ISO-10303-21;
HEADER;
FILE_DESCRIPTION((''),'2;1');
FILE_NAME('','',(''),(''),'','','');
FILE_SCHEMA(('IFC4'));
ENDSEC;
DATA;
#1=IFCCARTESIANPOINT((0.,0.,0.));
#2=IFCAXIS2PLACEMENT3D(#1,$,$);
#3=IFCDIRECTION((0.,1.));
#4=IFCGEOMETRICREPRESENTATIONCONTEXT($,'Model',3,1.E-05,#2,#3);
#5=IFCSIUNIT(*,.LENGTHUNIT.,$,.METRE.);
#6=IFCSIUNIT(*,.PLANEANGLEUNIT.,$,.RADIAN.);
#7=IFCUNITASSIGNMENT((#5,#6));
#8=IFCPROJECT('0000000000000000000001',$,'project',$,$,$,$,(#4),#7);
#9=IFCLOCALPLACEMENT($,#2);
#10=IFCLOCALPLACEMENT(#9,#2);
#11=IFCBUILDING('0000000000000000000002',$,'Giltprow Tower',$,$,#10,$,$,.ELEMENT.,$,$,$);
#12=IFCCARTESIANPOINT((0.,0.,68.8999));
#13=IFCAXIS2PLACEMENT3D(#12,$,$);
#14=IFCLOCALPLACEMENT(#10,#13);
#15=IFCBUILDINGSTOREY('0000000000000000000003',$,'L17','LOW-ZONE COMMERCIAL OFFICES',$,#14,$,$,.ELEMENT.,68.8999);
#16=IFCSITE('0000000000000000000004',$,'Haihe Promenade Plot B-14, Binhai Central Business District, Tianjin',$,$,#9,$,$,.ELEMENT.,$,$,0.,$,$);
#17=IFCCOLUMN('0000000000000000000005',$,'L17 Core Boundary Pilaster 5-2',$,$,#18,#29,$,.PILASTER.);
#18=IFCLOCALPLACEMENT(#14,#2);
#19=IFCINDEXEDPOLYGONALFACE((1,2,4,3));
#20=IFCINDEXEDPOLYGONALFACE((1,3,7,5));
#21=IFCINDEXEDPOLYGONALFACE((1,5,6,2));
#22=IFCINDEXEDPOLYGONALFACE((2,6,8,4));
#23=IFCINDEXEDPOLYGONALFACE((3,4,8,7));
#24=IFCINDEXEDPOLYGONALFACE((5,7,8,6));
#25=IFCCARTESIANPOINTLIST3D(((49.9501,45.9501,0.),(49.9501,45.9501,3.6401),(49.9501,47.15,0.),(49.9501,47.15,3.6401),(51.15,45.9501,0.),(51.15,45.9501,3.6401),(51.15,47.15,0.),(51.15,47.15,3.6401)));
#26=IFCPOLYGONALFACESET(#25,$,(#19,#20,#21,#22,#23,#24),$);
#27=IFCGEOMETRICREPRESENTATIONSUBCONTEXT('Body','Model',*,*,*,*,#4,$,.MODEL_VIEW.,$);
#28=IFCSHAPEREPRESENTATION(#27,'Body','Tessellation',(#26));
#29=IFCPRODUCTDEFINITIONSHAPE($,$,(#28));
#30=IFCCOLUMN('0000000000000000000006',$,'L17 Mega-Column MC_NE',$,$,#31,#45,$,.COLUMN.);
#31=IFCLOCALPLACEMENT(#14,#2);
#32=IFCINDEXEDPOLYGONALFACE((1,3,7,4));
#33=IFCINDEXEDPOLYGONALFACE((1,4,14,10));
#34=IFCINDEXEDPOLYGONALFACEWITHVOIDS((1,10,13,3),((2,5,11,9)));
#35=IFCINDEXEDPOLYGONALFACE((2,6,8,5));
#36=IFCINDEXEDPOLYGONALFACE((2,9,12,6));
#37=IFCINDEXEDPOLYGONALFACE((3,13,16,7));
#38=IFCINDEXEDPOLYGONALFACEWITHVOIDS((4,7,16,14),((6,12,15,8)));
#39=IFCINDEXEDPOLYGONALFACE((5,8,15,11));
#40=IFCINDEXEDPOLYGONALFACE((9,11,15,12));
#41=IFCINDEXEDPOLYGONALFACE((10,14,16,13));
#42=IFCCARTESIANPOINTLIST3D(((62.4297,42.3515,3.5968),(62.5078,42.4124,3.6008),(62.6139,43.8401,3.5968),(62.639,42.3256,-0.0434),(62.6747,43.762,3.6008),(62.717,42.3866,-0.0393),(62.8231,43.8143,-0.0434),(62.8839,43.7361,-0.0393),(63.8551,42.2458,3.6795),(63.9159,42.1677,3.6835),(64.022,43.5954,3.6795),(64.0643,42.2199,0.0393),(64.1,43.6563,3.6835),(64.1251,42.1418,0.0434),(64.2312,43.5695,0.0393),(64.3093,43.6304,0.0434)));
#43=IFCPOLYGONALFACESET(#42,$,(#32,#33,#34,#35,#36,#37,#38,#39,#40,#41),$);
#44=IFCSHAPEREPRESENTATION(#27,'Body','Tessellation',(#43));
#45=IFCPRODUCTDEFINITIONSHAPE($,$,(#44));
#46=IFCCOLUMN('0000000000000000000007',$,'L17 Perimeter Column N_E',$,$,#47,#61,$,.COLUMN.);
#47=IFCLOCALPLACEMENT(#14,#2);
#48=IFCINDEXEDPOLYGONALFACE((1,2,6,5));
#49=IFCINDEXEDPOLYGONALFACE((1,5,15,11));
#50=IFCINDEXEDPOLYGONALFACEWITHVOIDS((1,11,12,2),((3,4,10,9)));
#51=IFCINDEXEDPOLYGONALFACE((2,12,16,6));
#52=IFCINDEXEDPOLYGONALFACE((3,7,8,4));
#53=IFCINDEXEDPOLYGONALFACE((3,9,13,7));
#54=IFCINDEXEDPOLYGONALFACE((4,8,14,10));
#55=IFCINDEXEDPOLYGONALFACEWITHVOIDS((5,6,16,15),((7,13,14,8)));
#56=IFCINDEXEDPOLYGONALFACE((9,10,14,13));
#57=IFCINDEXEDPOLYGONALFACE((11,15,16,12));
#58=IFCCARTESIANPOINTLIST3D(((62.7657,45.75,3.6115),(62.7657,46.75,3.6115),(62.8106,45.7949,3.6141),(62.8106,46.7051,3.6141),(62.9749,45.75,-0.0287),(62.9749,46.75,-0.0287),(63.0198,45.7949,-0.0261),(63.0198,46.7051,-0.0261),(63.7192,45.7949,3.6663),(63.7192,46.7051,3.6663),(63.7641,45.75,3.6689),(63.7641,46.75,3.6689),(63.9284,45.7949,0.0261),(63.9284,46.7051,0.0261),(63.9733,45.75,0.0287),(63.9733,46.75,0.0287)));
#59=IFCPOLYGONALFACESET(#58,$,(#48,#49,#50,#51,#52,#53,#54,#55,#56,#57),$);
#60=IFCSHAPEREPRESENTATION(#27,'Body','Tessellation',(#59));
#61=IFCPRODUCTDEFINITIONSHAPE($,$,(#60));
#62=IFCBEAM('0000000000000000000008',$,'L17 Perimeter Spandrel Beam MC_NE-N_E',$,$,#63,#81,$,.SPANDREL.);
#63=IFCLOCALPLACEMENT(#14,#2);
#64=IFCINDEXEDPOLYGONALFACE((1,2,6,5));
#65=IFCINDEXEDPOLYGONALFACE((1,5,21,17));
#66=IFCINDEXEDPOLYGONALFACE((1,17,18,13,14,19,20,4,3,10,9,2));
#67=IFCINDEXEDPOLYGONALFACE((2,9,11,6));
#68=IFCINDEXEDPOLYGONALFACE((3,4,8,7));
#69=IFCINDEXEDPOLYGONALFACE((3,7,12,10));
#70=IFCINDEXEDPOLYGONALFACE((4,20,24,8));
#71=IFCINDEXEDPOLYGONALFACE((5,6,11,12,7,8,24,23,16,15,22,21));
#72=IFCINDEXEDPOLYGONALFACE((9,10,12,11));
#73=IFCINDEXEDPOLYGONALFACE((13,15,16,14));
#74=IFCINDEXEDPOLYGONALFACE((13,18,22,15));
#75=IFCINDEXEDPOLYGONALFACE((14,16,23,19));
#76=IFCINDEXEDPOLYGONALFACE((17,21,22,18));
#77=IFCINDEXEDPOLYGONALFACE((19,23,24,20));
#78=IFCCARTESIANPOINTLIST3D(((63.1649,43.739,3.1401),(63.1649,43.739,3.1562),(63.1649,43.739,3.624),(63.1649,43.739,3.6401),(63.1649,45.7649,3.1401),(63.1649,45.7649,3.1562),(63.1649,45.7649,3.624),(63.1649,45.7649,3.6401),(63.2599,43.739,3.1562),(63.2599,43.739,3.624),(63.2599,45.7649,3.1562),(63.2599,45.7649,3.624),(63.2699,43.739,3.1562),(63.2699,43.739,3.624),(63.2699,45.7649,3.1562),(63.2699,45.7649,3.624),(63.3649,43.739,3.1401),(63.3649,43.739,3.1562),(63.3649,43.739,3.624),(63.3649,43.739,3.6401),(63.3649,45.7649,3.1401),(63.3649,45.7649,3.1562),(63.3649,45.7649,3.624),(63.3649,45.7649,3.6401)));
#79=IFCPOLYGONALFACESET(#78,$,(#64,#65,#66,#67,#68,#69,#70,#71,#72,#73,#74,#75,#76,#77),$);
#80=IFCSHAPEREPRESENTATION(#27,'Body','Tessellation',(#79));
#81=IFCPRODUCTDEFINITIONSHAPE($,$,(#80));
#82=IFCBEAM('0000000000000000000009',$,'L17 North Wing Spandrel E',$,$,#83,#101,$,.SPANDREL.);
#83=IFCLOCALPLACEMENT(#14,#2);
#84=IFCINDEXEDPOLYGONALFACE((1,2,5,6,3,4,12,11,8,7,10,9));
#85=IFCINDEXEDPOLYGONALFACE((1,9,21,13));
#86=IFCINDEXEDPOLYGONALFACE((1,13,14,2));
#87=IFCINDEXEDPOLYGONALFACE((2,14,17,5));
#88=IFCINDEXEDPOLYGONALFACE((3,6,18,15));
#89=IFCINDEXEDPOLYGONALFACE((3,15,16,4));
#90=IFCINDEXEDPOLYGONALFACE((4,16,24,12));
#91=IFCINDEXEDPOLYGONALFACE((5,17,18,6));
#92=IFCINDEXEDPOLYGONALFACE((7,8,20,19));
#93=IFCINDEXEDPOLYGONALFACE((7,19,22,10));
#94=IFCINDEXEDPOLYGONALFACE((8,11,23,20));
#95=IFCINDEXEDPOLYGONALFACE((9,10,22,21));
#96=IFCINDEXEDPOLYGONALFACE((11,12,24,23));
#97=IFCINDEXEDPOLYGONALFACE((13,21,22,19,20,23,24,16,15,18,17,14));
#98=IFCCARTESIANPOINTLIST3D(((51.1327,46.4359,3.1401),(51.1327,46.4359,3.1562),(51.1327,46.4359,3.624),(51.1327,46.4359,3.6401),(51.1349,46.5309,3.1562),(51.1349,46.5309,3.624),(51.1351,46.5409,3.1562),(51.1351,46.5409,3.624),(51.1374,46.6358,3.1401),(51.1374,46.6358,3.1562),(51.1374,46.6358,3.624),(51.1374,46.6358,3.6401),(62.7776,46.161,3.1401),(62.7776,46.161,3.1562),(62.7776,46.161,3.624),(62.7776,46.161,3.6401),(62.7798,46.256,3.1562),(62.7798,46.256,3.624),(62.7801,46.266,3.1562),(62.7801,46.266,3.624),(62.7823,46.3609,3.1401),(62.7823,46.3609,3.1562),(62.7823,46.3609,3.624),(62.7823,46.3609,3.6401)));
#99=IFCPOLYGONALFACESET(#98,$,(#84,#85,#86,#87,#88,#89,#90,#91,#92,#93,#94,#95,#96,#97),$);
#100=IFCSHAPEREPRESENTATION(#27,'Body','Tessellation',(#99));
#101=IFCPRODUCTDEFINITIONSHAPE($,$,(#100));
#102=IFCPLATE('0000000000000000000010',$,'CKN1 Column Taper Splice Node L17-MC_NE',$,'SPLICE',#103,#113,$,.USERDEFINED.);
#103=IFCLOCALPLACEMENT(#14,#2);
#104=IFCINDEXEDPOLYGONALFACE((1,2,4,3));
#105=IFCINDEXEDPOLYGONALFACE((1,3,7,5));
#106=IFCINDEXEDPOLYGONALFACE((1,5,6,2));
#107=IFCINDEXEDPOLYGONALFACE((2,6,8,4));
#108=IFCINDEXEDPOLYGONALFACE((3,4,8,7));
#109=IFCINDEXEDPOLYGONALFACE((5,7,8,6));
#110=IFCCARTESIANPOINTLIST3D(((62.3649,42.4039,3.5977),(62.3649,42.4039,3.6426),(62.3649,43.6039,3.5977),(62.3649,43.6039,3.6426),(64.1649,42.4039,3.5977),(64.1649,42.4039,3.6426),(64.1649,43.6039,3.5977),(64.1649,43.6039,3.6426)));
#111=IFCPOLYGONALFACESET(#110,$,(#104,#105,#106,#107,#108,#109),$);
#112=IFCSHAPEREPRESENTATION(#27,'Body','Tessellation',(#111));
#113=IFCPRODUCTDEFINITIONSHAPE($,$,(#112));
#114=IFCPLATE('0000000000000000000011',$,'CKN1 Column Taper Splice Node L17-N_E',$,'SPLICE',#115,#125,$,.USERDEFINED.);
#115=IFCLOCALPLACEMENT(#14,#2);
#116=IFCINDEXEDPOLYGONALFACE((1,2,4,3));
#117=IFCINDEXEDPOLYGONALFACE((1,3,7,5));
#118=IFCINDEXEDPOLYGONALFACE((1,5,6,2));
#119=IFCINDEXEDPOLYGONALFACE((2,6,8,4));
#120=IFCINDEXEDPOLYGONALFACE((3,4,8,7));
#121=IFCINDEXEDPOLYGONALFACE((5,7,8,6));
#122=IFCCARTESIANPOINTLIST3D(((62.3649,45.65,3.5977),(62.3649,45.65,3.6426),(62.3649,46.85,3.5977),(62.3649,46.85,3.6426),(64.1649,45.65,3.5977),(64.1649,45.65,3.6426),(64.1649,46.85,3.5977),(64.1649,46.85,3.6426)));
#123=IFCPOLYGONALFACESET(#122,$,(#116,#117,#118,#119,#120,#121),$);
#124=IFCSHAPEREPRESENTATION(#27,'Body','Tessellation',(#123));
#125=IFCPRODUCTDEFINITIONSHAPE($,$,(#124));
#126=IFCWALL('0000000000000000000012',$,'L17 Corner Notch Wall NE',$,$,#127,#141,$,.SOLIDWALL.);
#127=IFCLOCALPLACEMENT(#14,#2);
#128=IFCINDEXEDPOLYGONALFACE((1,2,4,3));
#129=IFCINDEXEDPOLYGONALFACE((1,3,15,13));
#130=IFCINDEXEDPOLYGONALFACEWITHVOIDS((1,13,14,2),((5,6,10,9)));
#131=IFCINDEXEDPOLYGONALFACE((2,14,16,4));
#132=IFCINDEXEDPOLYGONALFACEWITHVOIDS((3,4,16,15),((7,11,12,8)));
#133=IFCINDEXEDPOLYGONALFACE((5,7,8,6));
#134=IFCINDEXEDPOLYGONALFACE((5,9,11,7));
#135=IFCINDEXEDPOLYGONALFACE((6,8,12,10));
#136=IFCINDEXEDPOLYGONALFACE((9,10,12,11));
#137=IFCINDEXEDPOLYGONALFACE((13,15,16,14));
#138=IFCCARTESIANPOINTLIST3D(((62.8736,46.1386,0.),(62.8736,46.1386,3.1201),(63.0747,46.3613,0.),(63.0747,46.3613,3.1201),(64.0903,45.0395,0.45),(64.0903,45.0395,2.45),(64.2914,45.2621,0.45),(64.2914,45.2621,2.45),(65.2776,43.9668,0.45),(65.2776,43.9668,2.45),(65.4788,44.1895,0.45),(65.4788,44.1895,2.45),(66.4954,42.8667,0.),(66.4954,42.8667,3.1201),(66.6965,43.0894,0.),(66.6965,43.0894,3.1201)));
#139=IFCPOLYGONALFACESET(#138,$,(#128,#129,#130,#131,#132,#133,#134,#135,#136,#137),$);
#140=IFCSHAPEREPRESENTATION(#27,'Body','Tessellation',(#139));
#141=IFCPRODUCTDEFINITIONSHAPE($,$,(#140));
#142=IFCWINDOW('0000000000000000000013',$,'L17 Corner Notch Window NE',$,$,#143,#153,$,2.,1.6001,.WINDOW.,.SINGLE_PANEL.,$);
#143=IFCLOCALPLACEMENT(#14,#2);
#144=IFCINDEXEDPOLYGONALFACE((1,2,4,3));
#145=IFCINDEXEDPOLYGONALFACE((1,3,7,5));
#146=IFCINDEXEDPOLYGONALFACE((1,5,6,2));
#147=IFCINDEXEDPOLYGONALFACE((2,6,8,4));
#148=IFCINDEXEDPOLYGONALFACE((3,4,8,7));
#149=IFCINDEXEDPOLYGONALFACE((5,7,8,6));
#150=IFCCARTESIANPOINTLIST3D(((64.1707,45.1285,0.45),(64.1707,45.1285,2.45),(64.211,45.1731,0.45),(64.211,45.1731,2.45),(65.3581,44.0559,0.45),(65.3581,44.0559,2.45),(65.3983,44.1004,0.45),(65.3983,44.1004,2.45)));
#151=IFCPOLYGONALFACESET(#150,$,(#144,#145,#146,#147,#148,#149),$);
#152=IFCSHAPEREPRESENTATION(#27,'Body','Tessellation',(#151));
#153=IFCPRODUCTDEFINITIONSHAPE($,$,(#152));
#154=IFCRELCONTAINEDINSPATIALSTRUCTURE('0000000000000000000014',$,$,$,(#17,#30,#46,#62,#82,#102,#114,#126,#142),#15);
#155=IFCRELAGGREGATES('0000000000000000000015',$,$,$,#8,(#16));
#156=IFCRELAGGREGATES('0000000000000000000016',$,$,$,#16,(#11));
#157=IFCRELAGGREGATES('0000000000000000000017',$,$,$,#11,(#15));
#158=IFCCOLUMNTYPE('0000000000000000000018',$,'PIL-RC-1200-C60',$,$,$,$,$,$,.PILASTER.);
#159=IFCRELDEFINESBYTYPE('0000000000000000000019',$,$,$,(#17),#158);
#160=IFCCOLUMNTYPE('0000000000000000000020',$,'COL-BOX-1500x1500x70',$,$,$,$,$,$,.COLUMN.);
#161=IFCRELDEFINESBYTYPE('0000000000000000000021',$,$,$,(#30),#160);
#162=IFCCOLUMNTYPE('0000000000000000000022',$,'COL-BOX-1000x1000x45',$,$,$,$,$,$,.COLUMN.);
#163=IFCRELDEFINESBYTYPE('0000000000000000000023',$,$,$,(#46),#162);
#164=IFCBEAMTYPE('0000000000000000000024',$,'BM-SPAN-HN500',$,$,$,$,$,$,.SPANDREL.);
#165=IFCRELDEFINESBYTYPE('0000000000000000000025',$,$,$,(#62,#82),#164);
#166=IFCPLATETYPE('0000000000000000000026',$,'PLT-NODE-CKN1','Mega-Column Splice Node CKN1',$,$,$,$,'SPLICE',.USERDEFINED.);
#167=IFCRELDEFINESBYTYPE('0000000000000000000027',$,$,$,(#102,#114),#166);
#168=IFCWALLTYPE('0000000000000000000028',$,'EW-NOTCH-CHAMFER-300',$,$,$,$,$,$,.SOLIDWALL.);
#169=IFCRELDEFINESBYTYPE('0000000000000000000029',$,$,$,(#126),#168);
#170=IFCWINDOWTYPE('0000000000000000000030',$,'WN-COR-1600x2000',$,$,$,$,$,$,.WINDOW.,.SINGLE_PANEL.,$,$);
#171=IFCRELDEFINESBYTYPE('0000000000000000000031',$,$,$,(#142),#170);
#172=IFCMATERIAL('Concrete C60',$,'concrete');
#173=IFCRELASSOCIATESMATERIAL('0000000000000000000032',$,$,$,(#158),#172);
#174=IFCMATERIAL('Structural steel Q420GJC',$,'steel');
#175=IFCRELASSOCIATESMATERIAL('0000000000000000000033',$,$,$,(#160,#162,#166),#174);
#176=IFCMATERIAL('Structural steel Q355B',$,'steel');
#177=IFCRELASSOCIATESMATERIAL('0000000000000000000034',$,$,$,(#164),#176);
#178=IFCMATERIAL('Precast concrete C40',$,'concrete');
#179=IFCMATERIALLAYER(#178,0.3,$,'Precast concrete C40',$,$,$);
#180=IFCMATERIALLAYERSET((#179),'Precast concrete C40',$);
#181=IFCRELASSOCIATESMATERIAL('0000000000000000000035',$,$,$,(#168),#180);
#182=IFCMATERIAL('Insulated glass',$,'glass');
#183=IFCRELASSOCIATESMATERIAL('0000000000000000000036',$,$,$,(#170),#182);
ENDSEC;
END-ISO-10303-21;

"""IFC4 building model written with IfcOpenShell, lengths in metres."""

from ifc_helpers import new_model, si_unit, direction, frame, frame_2d, origin, origin_2d, place, context, subcontext, project, spatial, rectangle, hollow_rectangle, i_section, extrude, source, transform, mapped, material, layer, layer_set, material_profile, profile_set, type_object, element, fill, save


model = new_model("IFC4")

# Units and contexts
model_context = context("Model", 3, precision=1e-05, world=origin(), true_north=direction((0.0, 1.0)))
body_context = subcontext(model_context, "Body", "Model", "MODEL_VIEW")
ifc_project = project(units=[si_unit("LENGTHUNIT", "METRE"), si_unit("PLANEANGLEUNIT", "RADIAN")], contexts=[model_context])

# Site, building, storey
site_placement = place(None, origin())
site = spatial("IfcSite", under=ifc_project, at=site_placement, Name="Haihe Promenade Plot B-14, Binhai Central Business District, Tianjin", CompositionType="ELEMENT", RefElevation=0.0)
building_placement = place(site_placement, origin())
building = spatial("IfcBuilding", under=site, at=building_placement, Name="Giltprow Tower", CompositionType="ELEMENT")
storey_placement = place(building_placement, frame((0.0, 0.0, 68.8999)))
storey = spatial("IfcBuildingStorey", under=building, at=storey_placement, Name="L17", Description="LOW-ZONE COMMERCIAL OFFICES", CompositionType="ELEMENT", Elevation=68.8999)

# Columns
ifc_material_1 = material(Name="Concrete C60", Category="concrete")
ifc_material_profile_1 = material_profile(ifc_material_1, rectangle(XDim=1.2, YDim=1.2, at=origin_2d()), Name="RC 1200x1200")
ifc_profile_set_1 = profile_set([ifc_material_profile_1], Name="Concrete C60")
column_type_1 = type_object("IfcColumnType", Name="PIL-RC-1200-C60", PredefinedType="PILASTER", material=ifc_profile_set_1)
shared_shape_1 = source(origin(), body_context, "Body", "SweptSolid", [
    extrude(rectangle(XDim=1.2, YDim=1.2, at=origin_2d()), origin(), (0.0, 0.0, 1.0), 3.6401),
])
column_1_placement = place(storey_placement, frame((50.55, 46.55, 0.0), z_axis=(0.0, 0.0, 1.0), x_axis=(1.0, 0.0, 0.0)))
element("IfcColumn", 1, at=column_1_placement, inside=storey, type_object=column_type_1, Name="L17 Core Boundary Pilaster 5-2", PredefinedType="PILASTER", context=body_context, shape_type="MappedRepresentation", body=[
    mapped(shared_shape_1, transform((0.0, 0.0, 0.0), x_axis=(1.0, 0.0, 0.0), y_axis=(0.0, 1.0, 0.0), z_axis=(0.0, 0.0, 1.0), scale=1.0)),
])
ifc_material_2 = material(Name="Structural steel Q420GJC", Category="steel")
ifc_material_profile_2 = material_profile(ifc_material_2, hollow_rectangle(XDim=1.5, YDim=1.5, WallThickness=0.0701, at=origin_2d()), Name="BOX 1500x1500x70")
ifc_profile_set_2 = profile_set([ifc_material_profile_2], Name="Structural steel Q420GJC")
column_type_2 = type_object("IfcColumnType", Name="COL-BOX-1500x1500x70", PredefinedType="COLUMN", material=ifc_profile_set_2)
shared_shape_2 = source(origin(), body_context, "Body", "SweptSolid", [
    extrude(hollow_rectangle(XDim=1.5, YDim=1.5, WallThickness=0.0701, at=origin_2d()), origin(), (0.0, 0.0, 1.0), 3.6462),
])
column_2_placement = place(storey_placement, frame((63.4741, 42.978, 0.0), z_axis=(-0.057382, 0.007097, 0.998327), x_axis=(-0.122752, -0.992437, 0.0)))
element("IfcColumn", 2, at=column_2_placement, inside=storey, type_object=column_type_2, Name="L17 Mega-Column MC_NE", PredefinedType="COLUMN", context=body_context, shape_type="MappedRepresentation", body=[
    mapped(shared_shape_2, transform((0.0, 0.0, 0.0), x_axis=(1.0, 0.0, 0.0), y_axis=(0.0, 1.0, 0.0), z_axis=(0.0, 0.0, 1.0), scale=1.0)),
])
ifc_material_profile_3 = material_profile(ifc_material_2, hollow_rectangle(XDim=1.0, YDim=1.0, WallThickness=0.0449, at=origin_2d()), Name="BOX 1000x1000x45")
ifc_profile_set_3 = profile_set([ifc_material_profile_3], Name="Structural steel Q420GJC")
column_type_3 = type_object("IfcColumnType", Name="COL-BOX-1000x1000x45", PredefinedType="COLUMN", material=ifc_profile_set_3)
shared_shape_3 = source(origin(), body_context, "Body", "SweptSolid", [
    extrude(hollow_rectangle(XDim=1.0, YDim=1.0, WallThickness=0.0449, at=origin_2d()), origin(), (0.0, 0.0, 1.0), 3.6462),
])
column_3_placement = place(storey_placement, frame((63.4741, 46.25, 0.0), z_axis=(-0.057383, 0.0, 0.998352), x_axis=(0.0, -1.0, 0.0)))
element("IfcColumn", 3, at=column_3_placement, inside=storey, type_object=column_type_3, Name="L17 Perimeter Column N_E", PredefinedType="COLUMN", context=body_context, shape_type="MappedRepresentation", body=[
    mapped(shared_shape_3, transform((0.0, 0.0, 0.0), x_axis=(1.0, 0.0, 0.0), y_axis=(0.0, 1.0, 0.0), z_axis=(0.0, 0.0, 1.0), scale=1.0)),
])

# Beams
ifc_material_3 = material(Name="Structural steel Q355B", Category="steel")
ifc_material_profile_4 = material_profile(ifc_material_3, i_section(OverallWidth=0.2, OverallDepth=0.5, WebThickness=0.01, FlangeThickness=0.0161, at=origin_2d()), Name="HN 500x200x10x16")
ifc_profile_set_4 = profile_set([ifc_material_profile_4], Name="Structural steel Q355B")
beam_type = type_object("IfcBeamType", Name="BM-SPAN-HN500", PredefinedType="SPANDREL", material=ifc_profile_set_4)
shared_shape_4 = source(origin(), body_context, "Body", "SweptSolid", [
    extrude(i_section(OverallWidth=0.2, OverallDepth=0.5, WebThickness=0.01, FlangeThickness=0.0161, at=origin_2d()), origin(), (0.0, 0.0, 1.0), 2.0259),
])
beam_1_placement = place(storey_placement, frame((63.2649, 43.739, 3.3901), z_axis=(0.0, 1.0, 0.0), x_axis=(-1.0, 0.0, 0.0)))
element("IfcBeam", 4, at=beam_1_placement, inside=storey, type_object=beam_type, Name="L17 Perimeter Spandrel Beam MC_NE-N_E", PredefinedType="SPANDREL", context=body_context, shape_type="MappedRepresentation", body=[
    mapped(shared_shape_4, transform((0.0, 0.0, 0.0), x_axis=(1.0, 0.0, 0.0), y_axis=(0.0, 1.0, 0.0), z_axis=(0.0, 0.0, 1.0), scale=1.0)),
])
shared_shape_5 = source(origin(), body_context, "Body", "SweptSolid", [
    extrude(i_section(OverallWidth=0.2, OverallDepth=0.5, WebThickness=0.01, FlangeThickness=0.0161, at=origin_2d()), origin(), (0.0, 0.0, 1.0), 11.6482),
])
beam_2_placement = place(storey_placement, frame((51.135, 46.5359, 3.3901), z_axis=(0.999721, -0.0236, 0.0), x_axis=(0.0236, 0.999721, 0.0)))
element("IfcBeam", 5, at=beam_2_placement, inside=storey, type_object=beam_type, Name="L17 North Wing Spandrel E", PredefinedType="SPANDREL", context=body_context, shape_type="MappedRepresentation", body=[
    mapped(shared_shape_5, transform((0.0, 0.0, 0.0), x_axis=(1.0, 0.0, 0.0), y_axis=(0.0, 1.0, 0.0), z_axis=(0.0, 0.0, 1.0), scale=1.0)),
])

# Plates
plate_type = type_object("IfcPlateType", Name="PLT-NODE-CKN1", Description="Mega-Column Splice Node CKN1", ElementType="SPLICE", PredefinedType="USERDEFINED", material=ifc_material_2)
shared_shape_6 = source(origin(), body_context, "Body", "SweptSolid", [
    extrude(rectangle(XDim=1.8, YDim=1.2, at=origin_2d()), origin(), (0.0, 0.0, 1.0), 0.0449),
])
for number, where, z_axis, x_axis, name in (
    (6, (63.2649, 43.0039, 3.5977), (0.0, 0.0, 1.0), (1.0, 0.0, 0.0), "CKN1 Column Taper Splice Node L17-MC_NE"),
    (7, (63.2649, 46.25, 3.5977), (0.0, 0.0, 1.0), (1.0, 0.0, 0.0), "CKN1 Column Taper Splice Node L17-N_E"),
):
    element("IfcPlate", number, at=place(storey_placement, frame(where, z_axis=z_axis, x_axis=x_axis)), inside=storey, type_object=plate_type, Name=name, ObjectType="SPLICE", PredefinedType="USERDEFINED", context=body_context, shape_type="MappedRepresentation", body=[
        mapped(shared_shape_6, transform((0.0, 0.0, 0.0), x_axis=(1.0, 0.0, 0.0), y_axis=(0.0, 1.0, 0.0), z_axis=(0.0, 0.0, 1.0), scale=1.0)),
    ])

# Wall, opening, window
ifc_material_4 = material(Name="Precast concrete C40", Category="concrete")
ifc_layer_1 = layer(ifc_material_4, 0.3, Name="Precast concrete C40")
ifc_layer_set_1 = layer_set([ifc_layer_1], Name="Precast concrete C40")
wall_type_1 = type_object("IfcWallType", Name="EW-NOTCH-CHAMFER-300", PredefinedType="SOLIDWALL", material=ifc_layer_set_1)
wall_1_placement = place(storey_placement, frame((66.5959, 42.978, 0.0), z_axis=(0.0, 0.0, 1.0), x_axis=(-0.742037, 0.670359, 0.0)))
wall_1 = element("IfcWall", 8, at=wall_1_placement, inside=storey, type_object=wall_type_1, Name="L17 Corner Notch Wall NE", PredefinedType="SOLIDWALL", context=body_context, shape_type="SweptSolid", body=[
    extrude(rectangle(XDim=4.8809, YDim=0.3, at=frame_2d((2.4404, 0.0))), origin(), (0.0, 0.0, 1.0), 3.1201),
])
opening_1_placement = place(wall_1_placement, frame((1.6411, 0.0, 0.45)))
opening_1 = element("IfcOpeningElement", 9, at=opening_1_placement, cuts=wall_1, PredefinedType="OPENING", context=body_context, shape_type="SweptSolid", body=[
    extrude(rectangle(XDim=1.6001, YDim=2.0, at=frame_2d((0.8, 1.0))), frame((0.0, 0.1599, 0.0), z_axis=(0.0, -1.0, 0.0), x_axis=(1.0, 0.0, 0.0)), (0.0, 0.0, 1.0), 0.3201),
])
ifc_material_5 = material(Name="Insulated glass", Category="glass")
window_type = type_object("IfcWindowType", Name="WN-COR-1600x2000", PartitioningType="SINGLE_PANEL", PredefinedType="WINDOW", material=ifc_material_5)
shared_shape_7 = source(origin(), body_context, "Body", "SweptSolid", [
    extrude(rectangle(XDim=1.6001, YDim=2.0, at=frame_2d((0.8, 1.0))), frame((0.0, 0.03, 0.0), z_axis=(0.0, -1.0, 0.0), x_axis=(1.0, 0.0, 0.0)), (0.0, 0.0, 1.0), 0.0601),
])
window_1_placement = place(opening_1_placement, origin())
window_1 = element("IfcWindow", 10, at=window_1_placement, inside=storey, type_object=window_type, Name="L17 Corner Notch Window NE", OverallHeight=2.0, OverallWidth=1.6001, PartitioningType="SINGLE_PANEL", PredefinedType="WINDOW", context=body_context, shape_type="MappedRepresentation", body=[
    mapped(shared_shape_7, transform((0.0, 0.0, 0.0), x_axis=(1.0, 0.0, 0.0), y_axis=(0.0, 1.0, 0.0), z_axis=(0.0, 0.0, 1.0), scale=1.0)),
])
fill(opening_1, window_1)

save(model, "model.ifc")
